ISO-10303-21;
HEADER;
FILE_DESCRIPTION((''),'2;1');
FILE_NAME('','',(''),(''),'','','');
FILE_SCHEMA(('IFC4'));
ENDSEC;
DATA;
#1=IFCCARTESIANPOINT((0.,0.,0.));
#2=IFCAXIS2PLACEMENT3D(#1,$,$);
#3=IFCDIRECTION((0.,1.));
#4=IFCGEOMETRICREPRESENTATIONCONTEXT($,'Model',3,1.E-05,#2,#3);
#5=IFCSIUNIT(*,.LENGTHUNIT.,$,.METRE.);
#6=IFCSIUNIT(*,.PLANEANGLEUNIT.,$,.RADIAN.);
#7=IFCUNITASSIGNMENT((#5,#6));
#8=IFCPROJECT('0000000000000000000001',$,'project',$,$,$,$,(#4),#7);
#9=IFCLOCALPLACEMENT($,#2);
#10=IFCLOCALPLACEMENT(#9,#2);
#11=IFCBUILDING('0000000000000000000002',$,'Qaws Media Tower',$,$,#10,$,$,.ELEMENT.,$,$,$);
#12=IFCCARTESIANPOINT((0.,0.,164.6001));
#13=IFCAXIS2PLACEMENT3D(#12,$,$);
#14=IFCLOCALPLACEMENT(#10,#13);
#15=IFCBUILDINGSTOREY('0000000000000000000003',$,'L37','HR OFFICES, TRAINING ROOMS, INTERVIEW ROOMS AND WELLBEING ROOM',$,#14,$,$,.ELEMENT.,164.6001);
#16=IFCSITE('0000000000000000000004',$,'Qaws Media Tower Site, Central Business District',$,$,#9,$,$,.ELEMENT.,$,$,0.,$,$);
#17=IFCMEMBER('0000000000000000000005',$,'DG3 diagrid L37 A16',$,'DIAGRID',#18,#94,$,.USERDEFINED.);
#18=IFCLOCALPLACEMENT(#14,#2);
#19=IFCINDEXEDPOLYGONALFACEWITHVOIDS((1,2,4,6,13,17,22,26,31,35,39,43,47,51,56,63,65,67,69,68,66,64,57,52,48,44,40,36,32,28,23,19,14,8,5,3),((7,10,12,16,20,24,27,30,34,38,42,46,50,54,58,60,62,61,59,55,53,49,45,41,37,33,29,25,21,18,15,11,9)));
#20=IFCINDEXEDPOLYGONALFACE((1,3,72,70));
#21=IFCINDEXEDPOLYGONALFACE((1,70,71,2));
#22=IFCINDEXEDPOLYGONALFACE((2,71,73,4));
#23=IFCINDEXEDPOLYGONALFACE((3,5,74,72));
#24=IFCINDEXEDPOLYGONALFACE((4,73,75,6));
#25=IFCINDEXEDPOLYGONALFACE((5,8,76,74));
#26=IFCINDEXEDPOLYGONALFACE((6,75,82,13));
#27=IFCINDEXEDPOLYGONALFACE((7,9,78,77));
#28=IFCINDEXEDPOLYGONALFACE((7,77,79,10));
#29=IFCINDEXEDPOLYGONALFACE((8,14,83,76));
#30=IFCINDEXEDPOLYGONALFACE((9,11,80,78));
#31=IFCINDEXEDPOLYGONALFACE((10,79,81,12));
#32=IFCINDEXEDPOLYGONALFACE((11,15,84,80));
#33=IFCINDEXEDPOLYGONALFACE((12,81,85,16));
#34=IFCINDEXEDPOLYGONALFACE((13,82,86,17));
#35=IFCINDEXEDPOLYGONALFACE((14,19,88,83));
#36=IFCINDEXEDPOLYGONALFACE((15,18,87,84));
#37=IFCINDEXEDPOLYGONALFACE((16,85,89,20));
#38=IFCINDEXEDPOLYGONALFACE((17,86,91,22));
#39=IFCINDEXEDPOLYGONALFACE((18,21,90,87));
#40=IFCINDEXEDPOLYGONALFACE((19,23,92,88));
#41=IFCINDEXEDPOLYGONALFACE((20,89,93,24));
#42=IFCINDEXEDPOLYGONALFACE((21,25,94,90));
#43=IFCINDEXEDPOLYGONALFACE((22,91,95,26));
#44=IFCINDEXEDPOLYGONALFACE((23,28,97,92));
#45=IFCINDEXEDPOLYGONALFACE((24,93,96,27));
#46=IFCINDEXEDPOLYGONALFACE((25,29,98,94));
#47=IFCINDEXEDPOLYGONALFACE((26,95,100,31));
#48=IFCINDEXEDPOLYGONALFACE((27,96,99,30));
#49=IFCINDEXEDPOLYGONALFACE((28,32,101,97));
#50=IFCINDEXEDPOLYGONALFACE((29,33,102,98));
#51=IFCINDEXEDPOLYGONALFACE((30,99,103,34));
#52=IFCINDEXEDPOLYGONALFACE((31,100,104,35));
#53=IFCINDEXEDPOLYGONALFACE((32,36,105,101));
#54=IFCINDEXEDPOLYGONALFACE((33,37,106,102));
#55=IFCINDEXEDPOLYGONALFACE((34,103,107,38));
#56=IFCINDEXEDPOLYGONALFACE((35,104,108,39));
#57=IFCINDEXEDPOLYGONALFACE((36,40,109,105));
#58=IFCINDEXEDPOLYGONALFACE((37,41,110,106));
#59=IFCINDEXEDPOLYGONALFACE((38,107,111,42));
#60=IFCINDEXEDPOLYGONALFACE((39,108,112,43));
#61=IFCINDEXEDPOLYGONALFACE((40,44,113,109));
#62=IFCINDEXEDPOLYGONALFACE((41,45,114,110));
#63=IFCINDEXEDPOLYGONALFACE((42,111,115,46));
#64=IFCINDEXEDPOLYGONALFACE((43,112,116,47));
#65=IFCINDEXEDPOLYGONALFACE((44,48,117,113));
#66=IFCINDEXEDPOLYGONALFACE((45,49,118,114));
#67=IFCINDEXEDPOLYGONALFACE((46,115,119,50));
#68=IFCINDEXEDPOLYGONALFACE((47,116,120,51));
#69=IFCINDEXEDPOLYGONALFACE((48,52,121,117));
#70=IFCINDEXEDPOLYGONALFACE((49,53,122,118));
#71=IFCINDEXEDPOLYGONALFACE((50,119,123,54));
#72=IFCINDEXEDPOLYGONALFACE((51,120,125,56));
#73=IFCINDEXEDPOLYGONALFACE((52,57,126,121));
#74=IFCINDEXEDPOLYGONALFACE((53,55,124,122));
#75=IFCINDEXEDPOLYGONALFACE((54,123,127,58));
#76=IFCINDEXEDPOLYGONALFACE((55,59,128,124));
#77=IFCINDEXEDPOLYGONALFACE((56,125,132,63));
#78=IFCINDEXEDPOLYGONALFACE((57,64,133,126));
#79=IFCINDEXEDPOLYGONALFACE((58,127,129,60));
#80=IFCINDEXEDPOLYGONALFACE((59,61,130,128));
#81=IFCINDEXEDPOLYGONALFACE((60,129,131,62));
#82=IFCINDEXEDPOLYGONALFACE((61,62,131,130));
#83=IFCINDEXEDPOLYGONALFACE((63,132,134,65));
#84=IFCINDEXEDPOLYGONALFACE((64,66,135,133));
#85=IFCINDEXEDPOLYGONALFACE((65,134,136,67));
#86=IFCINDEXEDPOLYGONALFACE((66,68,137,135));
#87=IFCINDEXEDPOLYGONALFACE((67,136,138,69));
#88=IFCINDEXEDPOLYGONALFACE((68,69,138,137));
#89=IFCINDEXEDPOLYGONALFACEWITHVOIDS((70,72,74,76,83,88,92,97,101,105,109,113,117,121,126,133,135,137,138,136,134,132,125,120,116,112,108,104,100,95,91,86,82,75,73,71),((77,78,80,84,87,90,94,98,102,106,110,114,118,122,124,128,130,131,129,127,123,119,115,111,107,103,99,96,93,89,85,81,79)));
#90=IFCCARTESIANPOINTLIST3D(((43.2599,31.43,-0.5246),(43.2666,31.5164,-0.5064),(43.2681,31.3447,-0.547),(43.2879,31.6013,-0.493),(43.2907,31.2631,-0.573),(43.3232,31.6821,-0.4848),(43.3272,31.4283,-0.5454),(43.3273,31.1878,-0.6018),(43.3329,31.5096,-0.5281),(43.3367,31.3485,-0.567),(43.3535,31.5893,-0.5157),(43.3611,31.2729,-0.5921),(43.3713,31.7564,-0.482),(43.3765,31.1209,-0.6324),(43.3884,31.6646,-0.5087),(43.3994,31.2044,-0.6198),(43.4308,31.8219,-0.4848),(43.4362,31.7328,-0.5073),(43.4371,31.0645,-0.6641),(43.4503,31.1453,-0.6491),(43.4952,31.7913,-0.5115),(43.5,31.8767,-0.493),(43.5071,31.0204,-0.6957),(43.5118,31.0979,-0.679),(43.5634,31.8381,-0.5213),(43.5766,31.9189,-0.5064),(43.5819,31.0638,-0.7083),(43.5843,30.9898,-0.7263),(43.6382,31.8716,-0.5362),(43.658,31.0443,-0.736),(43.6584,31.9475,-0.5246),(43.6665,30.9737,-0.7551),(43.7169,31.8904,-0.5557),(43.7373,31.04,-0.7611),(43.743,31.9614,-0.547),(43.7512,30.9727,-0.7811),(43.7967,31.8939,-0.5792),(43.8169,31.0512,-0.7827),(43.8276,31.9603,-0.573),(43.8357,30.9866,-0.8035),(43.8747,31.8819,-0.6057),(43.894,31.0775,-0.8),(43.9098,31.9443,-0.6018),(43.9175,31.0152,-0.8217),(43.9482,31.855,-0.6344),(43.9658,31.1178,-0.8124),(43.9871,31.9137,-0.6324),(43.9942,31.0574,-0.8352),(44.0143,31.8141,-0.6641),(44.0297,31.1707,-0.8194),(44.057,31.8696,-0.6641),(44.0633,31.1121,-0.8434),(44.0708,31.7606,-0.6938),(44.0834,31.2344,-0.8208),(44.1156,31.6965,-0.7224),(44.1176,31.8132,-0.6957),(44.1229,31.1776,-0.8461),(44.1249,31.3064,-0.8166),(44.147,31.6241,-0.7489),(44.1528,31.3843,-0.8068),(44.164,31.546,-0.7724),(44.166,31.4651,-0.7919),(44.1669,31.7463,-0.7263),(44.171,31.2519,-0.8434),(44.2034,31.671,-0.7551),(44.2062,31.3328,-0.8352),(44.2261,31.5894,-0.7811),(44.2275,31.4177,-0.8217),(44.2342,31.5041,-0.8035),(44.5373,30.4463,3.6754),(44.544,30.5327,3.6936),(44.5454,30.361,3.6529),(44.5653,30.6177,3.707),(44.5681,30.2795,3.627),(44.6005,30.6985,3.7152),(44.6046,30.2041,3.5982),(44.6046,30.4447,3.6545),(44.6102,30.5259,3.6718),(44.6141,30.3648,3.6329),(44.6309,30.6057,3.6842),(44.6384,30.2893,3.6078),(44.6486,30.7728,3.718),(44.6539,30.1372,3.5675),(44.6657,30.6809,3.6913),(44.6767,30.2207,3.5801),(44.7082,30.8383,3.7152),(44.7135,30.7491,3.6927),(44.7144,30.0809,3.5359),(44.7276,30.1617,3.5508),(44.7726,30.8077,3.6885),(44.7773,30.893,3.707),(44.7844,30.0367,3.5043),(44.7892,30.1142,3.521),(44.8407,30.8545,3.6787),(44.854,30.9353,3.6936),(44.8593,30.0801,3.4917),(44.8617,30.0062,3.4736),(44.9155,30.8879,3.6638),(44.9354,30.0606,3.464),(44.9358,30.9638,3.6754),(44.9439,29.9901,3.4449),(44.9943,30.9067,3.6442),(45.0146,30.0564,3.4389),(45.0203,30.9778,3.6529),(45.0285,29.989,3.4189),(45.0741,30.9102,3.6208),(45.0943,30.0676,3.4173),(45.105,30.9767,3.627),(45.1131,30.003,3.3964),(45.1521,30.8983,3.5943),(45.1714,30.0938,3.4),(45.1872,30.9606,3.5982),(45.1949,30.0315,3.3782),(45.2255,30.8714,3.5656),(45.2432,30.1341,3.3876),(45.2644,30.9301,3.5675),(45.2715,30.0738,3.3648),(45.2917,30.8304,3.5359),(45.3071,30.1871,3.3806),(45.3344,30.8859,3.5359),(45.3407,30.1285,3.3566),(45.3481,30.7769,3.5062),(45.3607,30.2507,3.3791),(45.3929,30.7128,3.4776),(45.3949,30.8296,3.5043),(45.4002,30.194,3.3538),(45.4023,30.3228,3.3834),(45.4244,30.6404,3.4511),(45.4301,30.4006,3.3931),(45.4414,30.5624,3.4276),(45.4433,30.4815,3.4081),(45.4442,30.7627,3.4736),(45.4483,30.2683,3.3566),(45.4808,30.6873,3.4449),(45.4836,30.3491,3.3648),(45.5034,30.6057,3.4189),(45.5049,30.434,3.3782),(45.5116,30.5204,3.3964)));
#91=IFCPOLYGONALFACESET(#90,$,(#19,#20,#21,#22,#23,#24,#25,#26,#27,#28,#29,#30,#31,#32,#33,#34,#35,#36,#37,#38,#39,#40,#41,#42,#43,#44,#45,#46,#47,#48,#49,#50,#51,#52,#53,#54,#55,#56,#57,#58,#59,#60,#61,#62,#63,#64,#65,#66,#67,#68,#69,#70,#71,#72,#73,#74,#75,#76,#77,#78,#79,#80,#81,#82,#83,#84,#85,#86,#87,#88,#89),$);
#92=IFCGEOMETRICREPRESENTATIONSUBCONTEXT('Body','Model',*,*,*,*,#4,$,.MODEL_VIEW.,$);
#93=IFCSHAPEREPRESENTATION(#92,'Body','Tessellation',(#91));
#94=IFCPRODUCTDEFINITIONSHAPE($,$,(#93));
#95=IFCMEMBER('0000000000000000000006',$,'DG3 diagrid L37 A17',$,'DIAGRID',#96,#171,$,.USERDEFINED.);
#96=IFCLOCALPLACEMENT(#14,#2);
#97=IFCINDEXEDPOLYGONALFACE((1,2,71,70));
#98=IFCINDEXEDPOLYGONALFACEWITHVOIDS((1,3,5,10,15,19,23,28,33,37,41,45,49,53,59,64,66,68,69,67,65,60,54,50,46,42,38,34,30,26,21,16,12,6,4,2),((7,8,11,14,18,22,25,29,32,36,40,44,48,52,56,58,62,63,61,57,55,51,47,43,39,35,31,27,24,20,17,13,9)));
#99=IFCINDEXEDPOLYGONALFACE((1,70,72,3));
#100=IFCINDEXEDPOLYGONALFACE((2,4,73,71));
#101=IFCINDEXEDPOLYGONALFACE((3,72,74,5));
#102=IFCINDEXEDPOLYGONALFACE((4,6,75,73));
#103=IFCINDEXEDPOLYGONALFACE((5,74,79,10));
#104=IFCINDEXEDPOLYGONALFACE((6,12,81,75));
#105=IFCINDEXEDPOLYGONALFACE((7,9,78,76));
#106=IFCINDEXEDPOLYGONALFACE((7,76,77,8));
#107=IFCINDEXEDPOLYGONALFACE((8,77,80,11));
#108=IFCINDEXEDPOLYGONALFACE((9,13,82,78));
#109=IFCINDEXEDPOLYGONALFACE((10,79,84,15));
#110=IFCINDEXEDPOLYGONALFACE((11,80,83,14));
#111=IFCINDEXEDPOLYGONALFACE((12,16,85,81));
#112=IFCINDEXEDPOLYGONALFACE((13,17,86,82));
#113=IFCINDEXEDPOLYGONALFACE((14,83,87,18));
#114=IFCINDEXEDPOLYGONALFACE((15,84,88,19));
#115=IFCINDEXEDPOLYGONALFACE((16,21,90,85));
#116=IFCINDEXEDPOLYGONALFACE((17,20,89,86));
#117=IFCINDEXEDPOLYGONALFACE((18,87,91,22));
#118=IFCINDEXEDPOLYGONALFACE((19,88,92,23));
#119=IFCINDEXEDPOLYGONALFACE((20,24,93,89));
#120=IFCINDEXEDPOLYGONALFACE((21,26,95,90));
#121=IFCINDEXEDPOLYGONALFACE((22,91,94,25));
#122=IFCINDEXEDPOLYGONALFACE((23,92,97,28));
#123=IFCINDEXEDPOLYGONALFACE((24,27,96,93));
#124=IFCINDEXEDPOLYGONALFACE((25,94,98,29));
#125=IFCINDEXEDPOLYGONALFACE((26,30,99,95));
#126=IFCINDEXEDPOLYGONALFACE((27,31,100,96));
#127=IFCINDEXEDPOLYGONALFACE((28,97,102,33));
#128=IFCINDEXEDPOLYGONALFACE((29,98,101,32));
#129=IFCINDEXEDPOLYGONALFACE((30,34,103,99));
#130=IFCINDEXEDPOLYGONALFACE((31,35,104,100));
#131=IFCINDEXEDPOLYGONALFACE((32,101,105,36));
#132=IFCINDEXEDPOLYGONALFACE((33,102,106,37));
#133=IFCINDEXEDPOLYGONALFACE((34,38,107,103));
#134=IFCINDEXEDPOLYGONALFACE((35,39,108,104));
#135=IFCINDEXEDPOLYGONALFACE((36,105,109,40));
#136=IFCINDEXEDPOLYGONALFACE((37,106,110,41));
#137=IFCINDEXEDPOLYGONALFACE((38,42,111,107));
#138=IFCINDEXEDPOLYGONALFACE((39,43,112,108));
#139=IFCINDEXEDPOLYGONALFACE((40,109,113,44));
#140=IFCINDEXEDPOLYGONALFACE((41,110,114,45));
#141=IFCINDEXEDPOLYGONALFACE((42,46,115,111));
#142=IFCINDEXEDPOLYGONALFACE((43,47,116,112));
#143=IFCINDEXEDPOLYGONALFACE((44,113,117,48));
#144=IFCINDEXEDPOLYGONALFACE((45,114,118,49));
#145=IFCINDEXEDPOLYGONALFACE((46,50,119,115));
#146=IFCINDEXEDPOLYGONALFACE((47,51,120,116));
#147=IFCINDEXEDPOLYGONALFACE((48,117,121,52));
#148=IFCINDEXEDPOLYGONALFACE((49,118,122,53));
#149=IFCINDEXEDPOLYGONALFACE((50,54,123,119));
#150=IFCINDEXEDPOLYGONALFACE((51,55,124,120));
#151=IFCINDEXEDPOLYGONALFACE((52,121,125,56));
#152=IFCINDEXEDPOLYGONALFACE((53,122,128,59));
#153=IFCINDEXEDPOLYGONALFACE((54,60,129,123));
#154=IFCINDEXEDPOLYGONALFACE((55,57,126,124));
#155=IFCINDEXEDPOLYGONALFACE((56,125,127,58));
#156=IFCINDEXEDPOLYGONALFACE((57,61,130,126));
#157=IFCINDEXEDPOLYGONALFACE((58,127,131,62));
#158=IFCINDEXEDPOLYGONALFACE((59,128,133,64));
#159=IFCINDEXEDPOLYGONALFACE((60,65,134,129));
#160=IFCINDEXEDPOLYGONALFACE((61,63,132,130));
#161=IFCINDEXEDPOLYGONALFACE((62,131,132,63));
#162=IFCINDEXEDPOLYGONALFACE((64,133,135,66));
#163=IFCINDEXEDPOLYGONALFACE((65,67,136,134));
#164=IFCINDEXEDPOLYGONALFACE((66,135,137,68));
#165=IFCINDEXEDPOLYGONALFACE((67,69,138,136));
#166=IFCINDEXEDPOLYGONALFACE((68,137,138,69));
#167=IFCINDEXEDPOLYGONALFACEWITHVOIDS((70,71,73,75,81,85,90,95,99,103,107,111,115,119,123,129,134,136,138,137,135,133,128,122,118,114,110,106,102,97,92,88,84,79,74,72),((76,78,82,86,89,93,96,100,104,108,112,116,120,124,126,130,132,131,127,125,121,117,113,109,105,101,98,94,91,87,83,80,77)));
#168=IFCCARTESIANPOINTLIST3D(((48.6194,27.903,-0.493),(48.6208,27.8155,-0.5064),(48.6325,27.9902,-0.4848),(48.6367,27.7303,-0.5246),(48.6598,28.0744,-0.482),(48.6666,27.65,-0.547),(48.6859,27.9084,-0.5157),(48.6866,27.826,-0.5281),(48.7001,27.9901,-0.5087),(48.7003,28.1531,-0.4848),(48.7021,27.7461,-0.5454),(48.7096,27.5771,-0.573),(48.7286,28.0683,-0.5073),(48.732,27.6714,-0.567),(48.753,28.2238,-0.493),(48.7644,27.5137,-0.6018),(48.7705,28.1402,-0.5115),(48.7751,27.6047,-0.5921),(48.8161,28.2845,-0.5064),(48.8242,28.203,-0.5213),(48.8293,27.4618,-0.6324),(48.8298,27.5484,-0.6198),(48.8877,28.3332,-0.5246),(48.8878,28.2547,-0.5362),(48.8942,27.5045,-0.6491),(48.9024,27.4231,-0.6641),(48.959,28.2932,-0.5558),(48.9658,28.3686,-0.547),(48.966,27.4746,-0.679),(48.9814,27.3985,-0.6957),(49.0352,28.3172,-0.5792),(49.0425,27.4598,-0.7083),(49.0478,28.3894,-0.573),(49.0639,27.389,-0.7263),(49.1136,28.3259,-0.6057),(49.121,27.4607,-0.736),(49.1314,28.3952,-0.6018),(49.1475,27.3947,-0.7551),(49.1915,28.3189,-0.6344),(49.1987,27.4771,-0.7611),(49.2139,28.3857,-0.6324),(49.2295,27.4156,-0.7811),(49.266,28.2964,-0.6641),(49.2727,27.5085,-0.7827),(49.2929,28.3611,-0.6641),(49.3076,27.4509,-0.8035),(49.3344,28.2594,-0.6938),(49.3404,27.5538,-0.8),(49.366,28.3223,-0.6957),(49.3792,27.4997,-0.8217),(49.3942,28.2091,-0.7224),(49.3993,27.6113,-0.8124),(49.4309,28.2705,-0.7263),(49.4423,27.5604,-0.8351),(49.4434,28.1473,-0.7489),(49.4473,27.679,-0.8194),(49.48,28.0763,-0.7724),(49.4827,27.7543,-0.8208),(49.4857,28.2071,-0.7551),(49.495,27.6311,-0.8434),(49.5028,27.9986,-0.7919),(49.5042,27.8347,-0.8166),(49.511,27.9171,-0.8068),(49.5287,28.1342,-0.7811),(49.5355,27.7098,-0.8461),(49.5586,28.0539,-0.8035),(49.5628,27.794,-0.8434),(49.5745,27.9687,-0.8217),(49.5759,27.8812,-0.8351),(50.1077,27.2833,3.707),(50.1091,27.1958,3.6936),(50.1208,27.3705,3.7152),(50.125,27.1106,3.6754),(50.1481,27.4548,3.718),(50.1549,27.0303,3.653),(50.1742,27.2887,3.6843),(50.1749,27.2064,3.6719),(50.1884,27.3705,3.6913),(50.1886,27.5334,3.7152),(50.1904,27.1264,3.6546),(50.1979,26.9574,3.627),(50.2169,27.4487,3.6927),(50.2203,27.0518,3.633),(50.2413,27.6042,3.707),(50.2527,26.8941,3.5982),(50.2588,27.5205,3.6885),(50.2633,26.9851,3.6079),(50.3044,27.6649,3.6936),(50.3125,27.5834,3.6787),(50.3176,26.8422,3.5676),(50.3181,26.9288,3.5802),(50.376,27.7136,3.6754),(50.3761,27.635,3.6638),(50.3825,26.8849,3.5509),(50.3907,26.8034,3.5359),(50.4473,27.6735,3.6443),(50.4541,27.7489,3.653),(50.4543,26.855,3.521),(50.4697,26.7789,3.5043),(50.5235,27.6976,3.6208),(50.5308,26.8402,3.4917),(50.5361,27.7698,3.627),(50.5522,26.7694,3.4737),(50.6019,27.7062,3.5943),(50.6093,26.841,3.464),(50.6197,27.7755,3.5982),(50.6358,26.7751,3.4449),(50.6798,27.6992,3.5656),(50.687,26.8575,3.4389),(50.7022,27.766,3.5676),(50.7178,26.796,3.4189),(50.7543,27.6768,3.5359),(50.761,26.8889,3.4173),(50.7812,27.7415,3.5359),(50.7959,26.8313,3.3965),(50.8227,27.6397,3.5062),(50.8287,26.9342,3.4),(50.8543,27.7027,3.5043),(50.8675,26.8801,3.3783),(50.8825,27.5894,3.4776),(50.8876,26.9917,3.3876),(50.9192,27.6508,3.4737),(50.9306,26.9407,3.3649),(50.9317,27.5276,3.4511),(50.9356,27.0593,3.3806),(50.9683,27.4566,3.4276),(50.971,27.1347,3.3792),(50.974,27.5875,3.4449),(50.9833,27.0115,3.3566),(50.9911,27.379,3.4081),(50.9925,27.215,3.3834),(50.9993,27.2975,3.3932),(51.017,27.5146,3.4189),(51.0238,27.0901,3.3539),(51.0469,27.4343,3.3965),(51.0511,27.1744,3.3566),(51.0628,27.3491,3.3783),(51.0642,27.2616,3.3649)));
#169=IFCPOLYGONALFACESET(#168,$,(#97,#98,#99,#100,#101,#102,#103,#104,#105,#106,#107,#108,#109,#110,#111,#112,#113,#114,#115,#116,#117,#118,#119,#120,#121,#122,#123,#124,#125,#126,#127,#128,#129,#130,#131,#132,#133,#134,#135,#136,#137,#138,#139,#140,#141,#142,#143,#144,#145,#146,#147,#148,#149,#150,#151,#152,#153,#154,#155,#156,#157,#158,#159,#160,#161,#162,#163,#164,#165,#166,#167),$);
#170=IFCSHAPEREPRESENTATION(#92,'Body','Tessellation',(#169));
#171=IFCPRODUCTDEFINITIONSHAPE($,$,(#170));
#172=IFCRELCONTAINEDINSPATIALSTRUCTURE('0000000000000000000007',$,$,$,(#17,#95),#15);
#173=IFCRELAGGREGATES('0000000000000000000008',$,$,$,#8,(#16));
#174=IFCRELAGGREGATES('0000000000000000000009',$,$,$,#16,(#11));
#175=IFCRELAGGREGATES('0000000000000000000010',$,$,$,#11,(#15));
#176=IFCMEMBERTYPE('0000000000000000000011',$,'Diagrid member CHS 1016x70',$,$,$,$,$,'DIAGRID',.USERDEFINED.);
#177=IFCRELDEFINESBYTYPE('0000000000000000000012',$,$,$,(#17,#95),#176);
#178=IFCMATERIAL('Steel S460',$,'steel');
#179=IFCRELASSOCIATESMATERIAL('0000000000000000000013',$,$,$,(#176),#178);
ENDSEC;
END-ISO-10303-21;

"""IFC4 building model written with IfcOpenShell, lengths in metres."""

from ifc_helpers import new_model, si_unit, direction, frame, origin, origin_2d, place, context, subcontext, project, spatial, hollow_circle, extrude, material, material_profile, profile_set, type_object, element, save


model = new_model("IFC4")

# Units and contexts
model_context = context("Model", 3, precision=1e-05, world=origin(), true_north=direction((0.0, 1.0)))
body_context = subcontext(model_context, "Body", "Model", "MODEL_VIEW")
ifc_project = project(units=[si_unit("LENGTHUNIT", "METRE"), si_unit("PLANEANGLEUNIT", "RADIAN")], contexts=[model_context])

# Site, building, storey
site_placement = place(None, origin())
site = spatial("IfcSite", under=ifc_project, at=site_placement, Name="Qaws Media Tower Site, Central Business District", CompositionType="ELEMENT", RefElevation=0.0)
building_placement = place(site_placement, origin())
building = spatial("IfcBuilding", under=site, at=building_placement, Name="Qaws Media Tower", CompositionType="ELEMENT")
storey_placement = place(building_placement, frame((0.0, 0.0, 164.6001)))
storey = spatial("IfcBuildingStorey", under=building, at=storey_placement, Name="L37", Description="HR OFFICES, TRAINING ROOMS, INTERVIEW ROOMS AND WELLBEING ROOM", CompositionType="ELEMENT", Elevation=164.6001)

# Members
ifc_material_1 = material(Name="Steel S460", Category="steel")
ifc_material_profile_1 = material_profile(ifc_material_1, hollow_circle(Radius=0.5081, WallThickness=0.0701, at=origin_2d()), Name="CHS 1016x70")
ifc_profile_set_1 = profile_set([ifc_material_profile_1], Name="Steel S460")
member_type_1 = type_object("IfcMemberType", Name="Diagrid member CHS 1016x70", ElementType="DIAGRID", PredefinedType="USERDEFINED", material=ifc_profile_set_1)
for number, where, z_axis, x_axis, name in (
    (1, (43.7471, 31.467, -0.6641), (0.283933, -0.218648, 0.933582), (0.610128, 0.792303, 0.0), "DG3 diagrid L37 A16"),
    (2, (49.0977, 27.8921, -0.6641), (0.330823, -0.137734, 0.933587), (0.384357, 0.923184, 0.0), "DG3 diagrid L37 A17"),
):
    element("IfcMember", number, at=place(storey_placement, frame(where, z_axis=z_axis, x_axis=x_axis)), inside=storey, type_object=member_type_1, Name=name, ObjectType="DIAGRID", PredefinedType="USERDEFINED", context=body_context, shape_type="SweptSolid", body=[
        extrude(hollow_circle(Radius=0.5081, WallThickness=0.0701, at=origin_2d()), origin(), (0.0, 0.0, 1.0), 4.4988),
    ])

save(model, "model.ifc")
